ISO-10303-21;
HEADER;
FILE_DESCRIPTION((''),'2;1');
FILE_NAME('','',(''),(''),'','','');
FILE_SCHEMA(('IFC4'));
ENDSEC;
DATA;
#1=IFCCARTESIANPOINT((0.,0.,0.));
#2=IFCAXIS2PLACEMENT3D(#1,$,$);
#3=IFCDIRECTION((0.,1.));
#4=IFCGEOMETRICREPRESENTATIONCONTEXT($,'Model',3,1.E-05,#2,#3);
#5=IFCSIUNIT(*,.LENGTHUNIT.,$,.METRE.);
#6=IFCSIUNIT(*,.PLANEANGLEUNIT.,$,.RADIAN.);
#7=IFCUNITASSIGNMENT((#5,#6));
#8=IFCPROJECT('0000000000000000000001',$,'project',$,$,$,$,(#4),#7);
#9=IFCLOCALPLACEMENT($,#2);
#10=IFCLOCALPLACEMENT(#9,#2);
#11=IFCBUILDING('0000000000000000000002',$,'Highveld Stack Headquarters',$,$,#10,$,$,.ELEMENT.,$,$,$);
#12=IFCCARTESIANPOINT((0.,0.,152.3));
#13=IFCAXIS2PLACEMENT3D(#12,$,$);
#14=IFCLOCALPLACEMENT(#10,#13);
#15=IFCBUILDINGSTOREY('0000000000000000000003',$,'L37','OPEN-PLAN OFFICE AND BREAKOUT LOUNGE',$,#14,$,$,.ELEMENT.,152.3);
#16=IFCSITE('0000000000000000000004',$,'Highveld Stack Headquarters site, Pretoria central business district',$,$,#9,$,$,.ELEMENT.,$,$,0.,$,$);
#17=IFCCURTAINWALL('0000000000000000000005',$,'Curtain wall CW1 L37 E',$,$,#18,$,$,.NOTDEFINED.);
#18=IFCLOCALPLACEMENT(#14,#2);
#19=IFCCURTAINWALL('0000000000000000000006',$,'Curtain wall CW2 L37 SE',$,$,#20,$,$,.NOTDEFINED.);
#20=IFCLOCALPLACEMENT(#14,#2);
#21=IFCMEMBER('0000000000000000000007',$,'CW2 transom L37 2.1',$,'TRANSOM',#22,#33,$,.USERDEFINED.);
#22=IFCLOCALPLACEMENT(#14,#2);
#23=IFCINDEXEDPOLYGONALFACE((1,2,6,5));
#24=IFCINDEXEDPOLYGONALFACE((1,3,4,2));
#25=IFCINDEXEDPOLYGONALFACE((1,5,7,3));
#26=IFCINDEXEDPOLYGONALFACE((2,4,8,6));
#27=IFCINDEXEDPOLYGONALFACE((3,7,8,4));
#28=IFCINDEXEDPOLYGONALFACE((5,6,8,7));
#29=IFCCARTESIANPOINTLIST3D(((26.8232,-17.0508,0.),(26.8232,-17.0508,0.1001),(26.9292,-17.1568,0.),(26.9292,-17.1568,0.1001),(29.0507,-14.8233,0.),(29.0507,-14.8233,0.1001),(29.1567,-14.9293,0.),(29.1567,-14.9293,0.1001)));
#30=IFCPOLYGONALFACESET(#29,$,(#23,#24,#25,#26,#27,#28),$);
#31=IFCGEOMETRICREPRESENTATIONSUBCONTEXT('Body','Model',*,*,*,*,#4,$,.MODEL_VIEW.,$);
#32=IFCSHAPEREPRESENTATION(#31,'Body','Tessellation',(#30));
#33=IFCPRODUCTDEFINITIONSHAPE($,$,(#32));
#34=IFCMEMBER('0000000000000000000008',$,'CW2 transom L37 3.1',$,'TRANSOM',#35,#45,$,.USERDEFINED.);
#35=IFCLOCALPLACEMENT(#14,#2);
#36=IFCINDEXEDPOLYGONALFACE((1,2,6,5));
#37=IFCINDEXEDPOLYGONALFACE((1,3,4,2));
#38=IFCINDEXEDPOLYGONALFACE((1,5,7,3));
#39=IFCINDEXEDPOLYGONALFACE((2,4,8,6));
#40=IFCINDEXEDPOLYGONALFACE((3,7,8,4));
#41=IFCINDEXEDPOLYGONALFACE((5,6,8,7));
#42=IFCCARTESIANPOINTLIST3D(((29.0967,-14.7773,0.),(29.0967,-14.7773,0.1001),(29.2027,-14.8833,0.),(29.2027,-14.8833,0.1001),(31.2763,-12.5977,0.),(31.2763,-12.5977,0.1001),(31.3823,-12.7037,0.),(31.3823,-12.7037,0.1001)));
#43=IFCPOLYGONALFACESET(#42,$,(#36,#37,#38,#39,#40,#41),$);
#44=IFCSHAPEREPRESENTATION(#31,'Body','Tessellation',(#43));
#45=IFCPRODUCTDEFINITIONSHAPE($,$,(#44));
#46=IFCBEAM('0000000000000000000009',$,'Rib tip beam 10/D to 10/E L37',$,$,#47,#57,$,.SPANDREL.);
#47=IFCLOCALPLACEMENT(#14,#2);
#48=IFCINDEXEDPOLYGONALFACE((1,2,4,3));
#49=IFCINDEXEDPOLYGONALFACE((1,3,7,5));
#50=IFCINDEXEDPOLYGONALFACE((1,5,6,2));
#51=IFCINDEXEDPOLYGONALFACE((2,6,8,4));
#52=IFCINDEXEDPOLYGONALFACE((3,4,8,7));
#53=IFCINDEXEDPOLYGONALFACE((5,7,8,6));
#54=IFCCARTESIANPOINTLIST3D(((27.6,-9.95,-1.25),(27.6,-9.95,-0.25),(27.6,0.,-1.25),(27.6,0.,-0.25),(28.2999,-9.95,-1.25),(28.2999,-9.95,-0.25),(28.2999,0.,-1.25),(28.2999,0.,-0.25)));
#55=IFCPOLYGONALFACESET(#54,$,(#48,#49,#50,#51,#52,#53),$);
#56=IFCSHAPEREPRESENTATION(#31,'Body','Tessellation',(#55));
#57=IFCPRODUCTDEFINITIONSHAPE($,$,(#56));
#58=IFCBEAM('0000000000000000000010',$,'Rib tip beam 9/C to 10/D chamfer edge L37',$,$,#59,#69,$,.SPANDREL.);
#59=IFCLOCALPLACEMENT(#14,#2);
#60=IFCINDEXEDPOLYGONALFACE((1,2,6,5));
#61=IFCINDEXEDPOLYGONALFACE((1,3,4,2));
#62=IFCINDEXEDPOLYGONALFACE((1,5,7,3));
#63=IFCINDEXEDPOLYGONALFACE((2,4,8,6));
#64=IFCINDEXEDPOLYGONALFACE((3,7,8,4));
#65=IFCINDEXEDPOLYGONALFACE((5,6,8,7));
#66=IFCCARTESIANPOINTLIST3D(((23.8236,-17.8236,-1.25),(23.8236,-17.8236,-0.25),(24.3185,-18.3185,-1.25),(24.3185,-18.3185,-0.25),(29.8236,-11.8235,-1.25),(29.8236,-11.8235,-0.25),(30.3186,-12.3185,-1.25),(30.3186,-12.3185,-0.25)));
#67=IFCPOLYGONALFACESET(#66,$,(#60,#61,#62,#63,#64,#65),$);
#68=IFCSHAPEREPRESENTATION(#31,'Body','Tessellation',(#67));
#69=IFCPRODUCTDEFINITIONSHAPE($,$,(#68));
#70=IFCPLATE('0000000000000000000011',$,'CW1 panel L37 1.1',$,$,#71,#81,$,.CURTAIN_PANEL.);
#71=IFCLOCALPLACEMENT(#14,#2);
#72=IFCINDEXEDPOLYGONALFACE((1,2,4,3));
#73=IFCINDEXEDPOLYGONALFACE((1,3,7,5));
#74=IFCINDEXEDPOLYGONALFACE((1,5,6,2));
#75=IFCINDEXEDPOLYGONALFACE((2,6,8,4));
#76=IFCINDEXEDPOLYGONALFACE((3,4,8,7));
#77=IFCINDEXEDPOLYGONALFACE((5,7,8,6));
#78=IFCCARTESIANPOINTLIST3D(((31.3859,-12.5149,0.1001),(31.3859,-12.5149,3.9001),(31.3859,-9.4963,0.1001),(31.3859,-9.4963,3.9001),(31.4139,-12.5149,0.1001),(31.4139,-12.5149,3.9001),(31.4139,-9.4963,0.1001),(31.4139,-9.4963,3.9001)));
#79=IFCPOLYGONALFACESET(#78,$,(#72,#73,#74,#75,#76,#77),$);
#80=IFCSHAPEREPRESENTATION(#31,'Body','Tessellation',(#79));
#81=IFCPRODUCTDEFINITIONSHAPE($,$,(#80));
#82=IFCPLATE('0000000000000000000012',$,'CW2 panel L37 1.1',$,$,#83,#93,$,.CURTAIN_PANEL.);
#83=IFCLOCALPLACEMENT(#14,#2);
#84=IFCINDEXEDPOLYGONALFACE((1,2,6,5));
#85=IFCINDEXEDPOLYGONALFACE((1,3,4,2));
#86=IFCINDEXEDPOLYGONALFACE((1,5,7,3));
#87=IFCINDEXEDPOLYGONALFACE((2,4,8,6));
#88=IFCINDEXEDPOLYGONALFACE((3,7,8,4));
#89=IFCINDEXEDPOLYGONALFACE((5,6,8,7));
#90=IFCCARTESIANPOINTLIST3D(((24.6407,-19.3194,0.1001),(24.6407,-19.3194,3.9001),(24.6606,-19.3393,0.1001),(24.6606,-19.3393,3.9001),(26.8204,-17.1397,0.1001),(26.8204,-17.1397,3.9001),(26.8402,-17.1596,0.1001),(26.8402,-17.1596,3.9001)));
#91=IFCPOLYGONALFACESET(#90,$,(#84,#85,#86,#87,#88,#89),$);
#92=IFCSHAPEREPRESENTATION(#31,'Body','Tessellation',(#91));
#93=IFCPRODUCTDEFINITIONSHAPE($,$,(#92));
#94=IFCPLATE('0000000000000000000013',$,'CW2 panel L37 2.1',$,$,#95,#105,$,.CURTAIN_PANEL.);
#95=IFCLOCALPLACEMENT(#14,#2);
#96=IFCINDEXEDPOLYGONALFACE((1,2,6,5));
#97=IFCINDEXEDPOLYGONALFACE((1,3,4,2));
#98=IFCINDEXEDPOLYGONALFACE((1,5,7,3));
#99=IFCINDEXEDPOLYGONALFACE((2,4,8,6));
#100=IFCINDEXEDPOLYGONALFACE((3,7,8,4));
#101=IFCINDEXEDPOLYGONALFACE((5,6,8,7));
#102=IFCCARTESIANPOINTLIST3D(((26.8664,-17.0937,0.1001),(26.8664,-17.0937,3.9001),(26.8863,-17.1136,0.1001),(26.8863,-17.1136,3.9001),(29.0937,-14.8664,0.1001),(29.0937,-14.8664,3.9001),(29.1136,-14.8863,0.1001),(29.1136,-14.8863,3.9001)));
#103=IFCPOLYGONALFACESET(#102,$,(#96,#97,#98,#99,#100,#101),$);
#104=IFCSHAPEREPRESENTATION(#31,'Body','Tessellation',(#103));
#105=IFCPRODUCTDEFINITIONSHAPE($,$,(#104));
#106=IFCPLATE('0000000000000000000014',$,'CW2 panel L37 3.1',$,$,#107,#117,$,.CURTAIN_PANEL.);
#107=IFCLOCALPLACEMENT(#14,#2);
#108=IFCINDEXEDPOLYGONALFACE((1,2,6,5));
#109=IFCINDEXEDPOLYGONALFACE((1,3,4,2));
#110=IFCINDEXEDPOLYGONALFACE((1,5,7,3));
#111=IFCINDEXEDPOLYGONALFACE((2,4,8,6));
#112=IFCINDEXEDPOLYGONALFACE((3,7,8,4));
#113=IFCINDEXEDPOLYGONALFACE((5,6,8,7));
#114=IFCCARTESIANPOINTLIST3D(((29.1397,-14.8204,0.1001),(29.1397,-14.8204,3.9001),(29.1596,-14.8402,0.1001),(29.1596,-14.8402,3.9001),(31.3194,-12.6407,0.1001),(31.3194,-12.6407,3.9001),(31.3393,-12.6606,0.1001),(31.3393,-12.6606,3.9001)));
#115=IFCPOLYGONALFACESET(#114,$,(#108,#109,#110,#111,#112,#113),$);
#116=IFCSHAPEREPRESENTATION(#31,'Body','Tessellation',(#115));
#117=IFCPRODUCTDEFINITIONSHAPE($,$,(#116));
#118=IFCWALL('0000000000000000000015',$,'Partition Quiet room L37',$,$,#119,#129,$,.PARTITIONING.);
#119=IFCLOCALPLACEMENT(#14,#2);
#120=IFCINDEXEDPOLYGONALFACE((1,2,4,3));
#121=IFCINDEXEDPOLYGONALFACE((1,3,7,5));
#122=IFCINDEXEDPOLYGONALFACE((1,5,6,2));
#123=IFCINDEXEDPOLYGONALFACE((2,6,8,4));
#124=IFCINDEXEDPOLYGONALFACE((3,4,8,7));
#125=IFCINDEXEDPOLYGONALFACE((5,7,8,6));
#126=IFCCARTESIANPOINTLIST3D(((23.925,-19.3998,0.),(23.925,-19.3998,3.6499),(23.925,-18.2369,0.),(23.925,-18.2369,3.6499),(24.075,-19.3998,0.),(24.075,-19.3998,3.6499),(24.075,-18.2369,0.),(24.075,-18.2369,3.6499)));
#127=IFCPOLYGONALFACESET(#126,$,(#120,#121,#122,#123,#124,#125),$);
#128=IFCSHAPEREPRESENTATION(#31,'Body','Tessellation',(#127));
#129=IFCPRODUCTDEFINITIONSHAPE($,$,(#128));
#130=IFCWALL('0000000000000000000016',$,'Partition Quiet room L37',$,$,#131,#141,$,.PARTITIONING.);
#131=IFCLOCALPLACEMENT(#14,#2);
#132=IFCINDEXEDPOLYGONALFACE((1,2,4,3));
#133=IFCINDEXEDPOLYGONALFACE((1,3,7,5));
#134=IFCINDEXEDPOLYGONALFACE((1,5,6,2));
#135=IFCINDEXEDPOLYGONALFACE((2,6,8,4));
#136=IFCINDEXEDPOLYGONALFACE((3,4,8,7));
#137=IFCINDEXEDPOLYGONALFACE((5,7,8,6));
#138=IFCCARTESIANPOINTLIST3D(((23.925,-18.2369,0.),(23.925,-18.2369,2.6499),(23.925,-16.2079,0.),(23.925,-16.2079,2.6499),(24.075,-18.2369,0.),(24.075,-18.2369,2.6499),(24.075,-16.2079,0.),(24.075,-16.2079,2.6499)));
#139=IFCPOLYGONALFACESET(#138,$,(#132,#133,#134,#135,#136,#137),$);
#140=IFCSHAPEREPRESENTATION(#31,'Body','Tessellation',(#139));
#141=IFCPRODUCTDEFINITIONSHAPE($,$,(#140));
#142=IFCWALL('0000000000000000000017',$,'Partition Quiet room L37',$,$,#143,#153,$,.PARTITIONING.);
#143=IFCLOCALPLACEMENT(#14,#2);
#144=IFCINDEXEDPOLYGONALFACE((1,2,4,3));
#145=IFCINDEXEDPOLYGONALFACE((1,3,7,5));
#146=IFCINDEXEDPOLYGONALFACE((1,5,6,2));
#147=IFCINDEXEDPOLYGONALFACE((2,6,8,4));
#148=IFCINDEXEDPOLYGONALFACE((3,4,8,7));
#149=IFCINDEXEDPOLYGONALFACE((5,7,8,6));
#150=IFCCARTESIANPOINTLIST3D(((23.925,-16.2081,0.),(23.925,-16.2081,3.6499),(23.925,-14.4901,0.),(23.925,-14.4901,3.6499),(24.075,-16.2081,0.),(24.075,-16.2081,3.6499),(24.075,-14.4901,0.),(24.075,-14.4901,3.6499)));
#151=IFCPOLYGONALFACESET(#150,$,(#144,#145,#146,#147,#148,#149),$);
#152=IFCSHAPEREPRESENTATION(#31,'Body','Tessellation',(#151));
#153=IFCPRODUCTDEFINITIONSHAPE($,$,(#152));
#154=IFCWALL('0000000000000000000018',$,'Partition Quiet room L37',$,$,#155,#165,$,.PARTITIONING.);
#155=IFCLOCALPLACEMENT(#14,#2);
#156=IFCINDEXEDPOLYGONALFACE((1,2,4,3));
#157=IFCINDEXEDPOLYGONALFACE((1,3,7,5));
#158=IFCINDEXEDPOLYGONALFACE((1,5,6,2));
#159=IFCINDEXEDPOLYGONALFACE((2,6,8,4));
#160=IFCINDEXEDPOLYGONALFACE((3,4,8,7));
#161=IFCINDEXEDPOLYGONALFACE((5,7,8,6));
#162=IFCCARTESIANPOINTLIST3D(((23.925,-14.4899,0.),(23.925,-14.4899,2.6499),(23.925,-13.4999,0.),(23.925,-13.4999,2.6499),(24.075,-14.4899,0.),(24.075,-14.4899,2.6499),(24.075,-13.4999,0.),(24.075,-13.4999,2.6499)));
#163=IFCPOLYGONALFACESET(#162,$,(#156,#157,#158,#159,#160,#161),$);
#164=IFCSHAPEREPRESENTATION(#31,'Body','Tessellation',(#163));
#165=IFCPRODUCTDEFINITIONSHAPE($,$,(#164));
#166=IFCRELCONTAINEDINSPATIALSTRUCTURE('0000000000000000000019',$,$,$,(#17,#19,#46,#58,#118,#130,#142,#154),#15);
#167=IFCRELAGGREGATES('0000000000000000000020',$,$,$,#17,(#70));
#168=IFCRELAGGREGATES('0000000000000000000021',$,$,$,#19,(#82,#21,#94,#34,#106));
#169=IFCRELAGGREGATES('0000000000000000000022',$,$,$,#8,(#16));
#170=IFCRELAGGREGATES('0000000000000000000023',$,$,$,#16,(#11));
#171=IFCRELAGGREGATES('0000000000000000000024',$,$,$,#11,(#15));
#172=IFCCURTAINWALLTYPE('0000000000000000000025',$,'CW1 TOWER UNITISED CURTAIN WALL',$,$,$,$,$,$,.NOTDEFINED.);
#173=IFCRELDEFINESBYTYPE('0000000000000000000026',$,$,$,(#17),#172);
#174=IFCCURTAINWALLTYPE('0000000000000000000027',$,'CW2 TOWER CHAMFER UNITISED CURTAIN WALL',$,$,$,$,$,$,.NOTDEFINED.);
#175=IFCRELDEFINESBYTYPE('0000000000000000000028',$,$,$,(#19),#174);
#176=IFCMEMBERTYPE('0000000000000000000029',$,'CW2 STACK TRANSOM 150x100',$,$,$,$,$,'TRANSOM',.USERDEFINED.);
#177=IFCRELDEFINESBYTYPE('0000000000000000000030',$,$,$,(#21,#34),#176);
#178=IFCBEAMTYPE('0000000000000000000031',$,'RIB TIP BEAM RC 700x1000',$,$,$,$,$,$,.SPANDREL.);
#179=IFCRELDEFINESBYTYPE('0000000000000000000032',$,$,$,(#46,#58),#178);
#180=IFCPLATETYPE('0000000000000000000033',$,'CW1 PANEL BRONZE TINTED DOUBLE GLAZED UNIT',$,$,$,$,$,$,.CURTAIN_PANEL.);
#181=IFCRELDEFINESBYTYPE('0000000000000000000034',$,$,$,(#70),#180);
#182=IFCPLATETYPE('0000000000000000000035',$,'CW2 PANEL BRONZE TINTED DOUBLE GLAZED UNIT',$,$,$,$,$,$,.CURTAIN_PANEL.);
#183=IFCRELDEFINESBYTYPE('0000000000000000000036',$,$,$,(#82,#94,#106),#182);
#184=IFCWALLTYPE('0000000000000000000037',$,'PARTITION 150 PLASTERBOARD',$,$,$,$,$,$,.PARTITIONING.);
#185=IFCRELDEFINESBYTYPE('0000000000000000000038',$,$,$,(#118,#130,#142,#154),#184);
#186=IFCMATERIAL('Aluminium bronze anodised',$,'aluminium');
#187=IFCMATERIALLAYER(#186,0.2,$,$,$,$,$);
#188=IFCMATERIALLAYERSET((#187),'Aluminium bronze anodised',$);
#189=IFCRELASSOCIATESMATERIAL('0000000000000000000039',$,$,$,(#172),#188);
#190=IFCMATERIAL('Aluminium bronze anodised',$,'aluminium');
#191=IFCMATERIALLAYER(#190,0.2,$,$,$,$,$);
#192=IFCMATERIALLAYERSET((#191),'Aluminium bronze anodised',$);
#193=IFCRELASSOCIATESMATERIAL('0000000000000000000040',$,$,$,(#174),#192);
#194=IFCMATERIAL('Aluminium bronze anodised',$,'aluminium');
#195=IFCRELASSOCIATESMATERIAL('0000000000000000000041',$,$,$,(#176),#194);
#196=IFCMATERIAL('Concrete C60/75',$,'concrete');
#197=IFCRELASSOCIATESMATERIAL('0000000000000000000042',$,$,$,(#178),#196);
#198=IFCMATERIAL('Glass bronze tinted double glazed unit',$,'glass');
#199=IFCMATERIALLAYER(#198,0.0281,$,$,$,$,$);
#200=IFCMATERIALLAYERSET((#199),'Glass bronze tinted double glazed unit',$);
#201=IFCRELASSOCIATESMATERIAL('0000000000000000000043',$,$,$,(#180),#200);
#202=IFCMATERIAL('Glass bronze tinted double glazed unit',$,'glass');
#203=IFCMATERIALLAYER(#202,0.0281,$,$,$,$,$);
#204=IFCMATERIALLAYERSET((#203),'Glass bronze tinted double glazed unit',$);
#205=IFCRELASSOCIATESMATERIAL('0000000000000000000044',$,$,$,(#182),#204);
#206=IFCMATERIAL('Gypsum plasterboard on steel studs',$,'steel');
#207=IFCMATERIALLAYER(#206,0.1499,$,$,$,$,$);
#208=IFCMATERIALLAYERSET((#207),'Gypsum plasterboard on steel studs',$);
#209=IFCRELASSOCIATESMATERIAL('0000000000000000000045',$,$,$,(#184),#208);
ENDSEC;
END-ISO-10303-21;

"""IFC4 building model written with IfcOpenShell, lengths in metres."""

from ifc_helpers import new_model, si_unit, direction, frame, frame_2d, origin, origin_2d, place, context, subcontext, project, spatial, rectangle, extrude, material, layer, layer_set, material_profile, profile_set, type_object, element, aggregate, save


model = new_model("IFC4")

# Units and contexts
model_context = context("Model", 3, precision=1e-05, world=origin(), true_north=direction((0.0, 1.0)))
body_context = subcontext(model_context, "Body", "Model", "MODEL_VIEW")
ifc_project = project(units=[si_unit("LENGTHUNIT", "METRE"), si_unit("PLANEANGLEUNIT", "RADIAN")], contexts=[model_context])

# Site, building, storey
site_placement = place(None, origin())
site = spatial("IfcSite", under=ifc_project, at=site_placement, Name="Highveld Stack Headquarters site, Pretoria central business district", CompositionType="ELEMENT", RefElevation=0.0)
building_placement = place(site_placement, origin())
building = spatial("IfcBuilding", under=site, at=building_placement, Name="Highveld Stack Headquarters", CompositionType="ELEMENT")
storey_placement = place(building_placement, frame((0.0, 0.0, 152.3)))
storey = spatial("IfcBuildingStorey", under=building, at=storey_placement, Name="L37", Description="OPEN-PLAN OFFICE AND BREAKOUT LOUNGE", CompositionType="ELEMENT", Elevation=152.3)

# Shared definitions
ifc_material_1 = material(Name="Aluminium bronze anodised", Category="aluminium")
ifc_layer_1 = layer(ifc_material_1, 0.2)
ifc_layer_set_1 = layer_set([ifc_layer_1], Name="Aluminium bronze anodised")
curtain_wall_type_1 = type_object("IfcCurtainWallType", Name="CW1 TOWER UNITISED CURTAIN WALL", PredefinedType="NOTDEFINED", material=ifc_layer_set_1)

# Curtain wall
curtain_wall_1_placement = place(storey_placement, origin())
curtain_wall_1 = element("IfcCurtainWall", 1, at=curtain_wall_1_placement, inside=storey, type_object=curtain_wall_type_1, Name="Curtain wall CW1 L37 E", PredefinedType="NOTDEFINED")

# Curtain wall, members
ifc_material_2 = material(Name="Aluminium bronze anodised", Category="aluminium")
ifc_layer_2 = layer(ifc_material_2, 0.2)
ifc_layer_set_2 = layer_set([ifc_layer_2], Name="Aluminium bronze anodised")
curtain_wall_type_2 = type_object("IfcCurtainWallType", Name="CW2 TOWER CHAMFER UNITISED CURTAIN WALL", PredefinedType="NOTDEFINED", material=ifc_layer_set_2)
curtain_wall_2_placement = place(storey_placement, origin())
curtain_wall_2 = element("IfcCurtainWall", 2, at=curtain_wall_2_placement, inside=storey, type_object=curtain_wall_type_2, Name="Curtain wall CW2 L37 SE", PredefinedType="NOTDEFINED")
ifc_material_3 = material(Name="Aluminium bronze anodised", Category="aluminium")
ifc_material_profile_1 = material_profile(ifc_material_3, rectangle(XDim=0.1499, YDim=0.1001, at=origin_2d()), Name="CW2 TRANSOM 150x100")
ifc_profile_set_1 = profile_set([ifc_material_profile_1], Name="Aluminium bronze anodised")
member_type_1 = type_object("IfcMemberType", Name="CW2 STACK TRANSOM 150x100", ElementType="TRANSOM", PredefinedType="USERDEFINED", material=ifc_profile_set_1)
member_1_placement = place(storey_placement, frame((26.8762, -17.1038, 0.05), z_axis=(0.707107, 0.707107, 0.0), x_axis=(-0.707107, 0.707107, 0.0)))
member_1 = element("IfcMember", 3, at=member_1_placement, type_object=member_type_1, Name="CW2 transom L37 2.1", ObjectType="TRANSOM", PredefinedType="USERDEFINED", context=body_context, shape_type="SweptSolid", body=[
    extrude(rectangle(XDim=0.1499, YDim=0.1001, at=origin_2d()), origin(), (0.0, 0.0, 1.0), 3.1501),
])
member_2_placement = place(storey_placement, frame((29.1497, -14.8303, 0.05), z_axis=(0.707107, 0.707107, 0.0), x_axis=(-0.707107, 0.707107, 0.0)))
member_2 = element("IfcMember", 4, at=member_2_placement, type_object=member_type_1, Name="CW2 transom L37 3.1", ObjectType="TRANSOM", PredefinedType="USERDEFINED", context=body_context, shape_type="SweptSolid", body=[
    extrude(rectangle(XDim=0.1499, YDim=0.1001, at=origin_2d()), origin(), (0.0, 0.0, 1.0), 3.0825),
])

# Beams
ifc_material_4 = material(Name="Concrete C60/75", Category="concrete")
ifc_material_profile_2 = material_profile(ifc_material_4, rectangle(XDim=0.7, YDim=1.0, at=origin_2d()), Name="RC 700x1000")
ifc_profile_set_2 = profile_set([ifc_material_profile_2], Name="Concrete C60/75")
beam_type = type_object("IfcBeamType", Name="RIB TIP BEAM RC 700x1000", PredefinedType="SPANDREL", material=ifc_profile_set_2)
beam_1_placement = place(storey_placement, frame((27.95, -9.95, -0.75), z_axis=(0.0, 1.0, 0.0), x_axis=(-1.0, 0.0, 0.0)))
element("IfcBeam", 5, at=beam_1_placement, inside=storey, type_object=beam_type, Name="Rib tip beam 10/D to 10/E L37", PredefinedType="SPANDREL", context=body_context, shape_type="SweptSolid", body=[
    extrude(rectangle(XDim=0.7, YDim=1.0, at=origin_2d()), origin(), (0.0, 0.0, 1.0), 9.95),
])
beam_2_placement = place(storey_placement, frame((24.071, -18.071, -0.75), z_axis=(0.707107, 0.707107, 0.0), x_axis=(-0.707107, 0.707107, 0.0)))
element("IfcBeam", 6, at=beam_2_placement, inside=storey, type_object=beam_type, Name="Rib tip beam 9/C to 10/D chamfer edge L37", PredefinedType="SPANDREL", context=body_context, shape_type="SweptSolid", body=[
    extrude(rectangle(XDim=0.7, YDim=1.0, at=origin_2d()), origin(), (0.0, 0.0, 1.0), 8.4854),
])

# Plates
ifc_material_5 = material(Name="Glass bronze tinted double glazed unit", Category="glass")
ifc_layer_3 = layer(ifc_material_5, 0.0281)
ifc_layer_set_3 = layer_set([ifc_layer_3], Name="Glass bronze tinted double glazed unit")
plate_type_1 = type_object("IfcPlateType", Name="CW1 PANEL BRONZE TINTED DOUBLE GLAZED UNIT", PredefinedType="CURTAIN_PANEL", material=ifc_layer_set_3)
plate_1_placement = place(storey_placement, frame((31.3999, -11.0056, 0.1001), z_axis=(0.0, 0.0, 1.0), x_axis=(0.0, 1.0, 0.0)))
plate_1 = element("IfcPlate", 7, at=plate_1_placement, type_object=plate_type_1, Name="CW1 panel L37 1.1", PredefinedType="CURTAIN_PANEL", context=body_context, shape_type="SweptSolid", body=[
    extrude(rectangle(XDim=3.0186, YDim=0.0281, at=origin_2d()), origin(), (0.0, 0.0, 1.0), 3.8),
])
aggregate(curtain_wall_1, [plate_1])
ifc_material_6 = material(Name="Glass bronze tinted double glazed unit", Category="glass")
ifc_layer_4 = layer(ifc_material_6, 0.0281)
ifc_layer_set_4 = layer_set([ifc_layer_4], Name="Glass bronze tinted double glazed unit")
plate_type_2 = type_object("IfcPlateType", Name="CW2 PANEL BRONZE TINTED DOUBLE GLAZED UNIT", PredefinedType="CURTAIN_PANEL", material=ifc_layer_set_4)
plate_2_placement = place(storey_placement, frame((25.7405, -18.2395, 0.1001), z_axis=(0.0, 0.0, 1.0), x_axis=(0.707107, 0.707107, 0.0)))
plate_2 = element("IfcPlate", 8, at=plate_2_placement, type_object=plate_type_2, Name="CW2 panel L37 1.1", PredefinedType="CURTAIN_PANEL", context=body_context, shape_type="SweptSolid", body=[
    extrude(rectangle(XDim=3.0825, YDim=0.0281, at=origin_2d()), origin(), (0.0, 0.0, 1.0), 3.8),
])
plate_3_placement = place(storey_placement, frame((27.99, -15.99, 0.1001), z_axis=(0.0, 0.0, 1.0), x_axis=(0.707107, 0.707107, 0.0)))
plate_3 = element("IfcPlate", 9, at=plate_3_placement, type_object=plate_type_2, Name="CW2 panel L37 2.1", PredefinedType="CURTAIN_PANEL", context=body_context, shape_type="SweptSolid", body=[
    extrude(rectangle(XDim=3.1499, YDim=0.0281, at=origin_2d()), origin(), (0.0, 0.0, 1.0), 3.8),
])
plate_4_placement = place(storey_placement, frame((30.2395, -13.7405, 0.1001), z_axis=(0.0, 0.0, 1.0), x_axis=(0.707107, 0.707107, 0.0)))
plate_4 = element("IfcPlate", 10, at=plate_4_placement, type_object=plate_type_2, Name="CW2 panel L37 3.1", PredefinedType="CURTAIN_PANEL", context=body_context, shape_type="SweptSolid", body=[
    extrude(rectangle(XDim=3.0825, YDim=0.0281, at=origin_2d()), origin(), (0.0, 0.0, 1.0), 3.8),
])
aggregate(curtain_wall_2, [plate_2, member_1, plate_3, member_2, plate_4])

# Walls
ifc_material_7 = material(Name="Gypsum plasterboard on steel studs", Category="steel")
ifc_layer_5 = layer(ifc_material_7, 0.1499)
ifc_layer_set_5 = layer_set([ifc_layer_5], Name="Gypsum plasterboard on steel studs")
wall_type = type_object("IfcWallType", Name="PARTITION 150 PLASTERBOARD", PredefinedType="PARTITIONING", material=ifc_layer_set_5)
wall_1_placement = place(storey_placement, frame((24.0, -19.3999, 0.0), z_axis=(0.0, 0.0, 1.0), x_axis=(0.0, 1.0, 0.0)))
element("IfcWall", 11, at=wall_1_placement, inside=storey, type_object=wall_type, Name="Partition Quiet room L37", PredefinedType="PARTITIONING", context=body_context, shape_type="SweptSolid", body=[
    extrude(rectangle(XDim=1.1628, YDim=0.1499, at=frame_2d((0.5815, 0.0))), origin(), (0.0, 0.0, 1.0), 3.6499),
])
wall_2_placement = place(storey_placement, frame((24.0, -18.2371, 0.0), z_axis=(0.0, 0.0, 1.0), x_axis=(0.0, 1.0, 0.0)))
element("IfcWall", 12, at=wall_2_placement, inside=storey, type_object=wall_type, Name="Partition Quiet room L37", PredefinedType="PARTITIONING", context=body_context, shape_type="SweptSolid", body=[
    extrude(rectangle(XDim=2.0291, YDim=0.1499, at=frame_2d((1.0146, 0.0))), origin(), (0.0, 0.0, 1.0), 2.6499),
])
wall_3_placement = place(storey_placement, frame((24.0, -16.208, 0.0), z_axis=(0.0, 0.0, 1.0), x_axis=(0.0, 1.0, 0.0)))
element("IfcWall", 13, at=wall_3_placement, inside=storey, type_object=wall_type, Name="Partition Quiet room L37", PredefinedType="PARTITIONING", context=body_context, shape_type="SweptSolid", body=[
    extrude(rectangle(XDim=1.718, YDim=0.1499, at=frame_2d((0.8589, 0.0))), origin(), (0.0, 0.0, 1.0), 3.6499),
])
wall_4_placement = place(storey_placement, frame((24.0, -14.49, 0.0), z_axis=(0.0, 0.0, 1.0), x_axis=(0.0, 1.0, 0.0)))
element("IfcWall", 14, at=wall_4_placement, inside=storey, type_object=wall_type, Name="Partition Quiet room L37", PredefinedType="PARTITIONING", context=body_context, shape_type="SweptSolid", body=[
    extrude(rectangle(XDim=0.99, YDim=0.1499, at=frame_2d((0.4951, 0.0))), origin(), (0.0, 0.0, 1.0), 2.6499),
])

save(model, "model.ifc")
